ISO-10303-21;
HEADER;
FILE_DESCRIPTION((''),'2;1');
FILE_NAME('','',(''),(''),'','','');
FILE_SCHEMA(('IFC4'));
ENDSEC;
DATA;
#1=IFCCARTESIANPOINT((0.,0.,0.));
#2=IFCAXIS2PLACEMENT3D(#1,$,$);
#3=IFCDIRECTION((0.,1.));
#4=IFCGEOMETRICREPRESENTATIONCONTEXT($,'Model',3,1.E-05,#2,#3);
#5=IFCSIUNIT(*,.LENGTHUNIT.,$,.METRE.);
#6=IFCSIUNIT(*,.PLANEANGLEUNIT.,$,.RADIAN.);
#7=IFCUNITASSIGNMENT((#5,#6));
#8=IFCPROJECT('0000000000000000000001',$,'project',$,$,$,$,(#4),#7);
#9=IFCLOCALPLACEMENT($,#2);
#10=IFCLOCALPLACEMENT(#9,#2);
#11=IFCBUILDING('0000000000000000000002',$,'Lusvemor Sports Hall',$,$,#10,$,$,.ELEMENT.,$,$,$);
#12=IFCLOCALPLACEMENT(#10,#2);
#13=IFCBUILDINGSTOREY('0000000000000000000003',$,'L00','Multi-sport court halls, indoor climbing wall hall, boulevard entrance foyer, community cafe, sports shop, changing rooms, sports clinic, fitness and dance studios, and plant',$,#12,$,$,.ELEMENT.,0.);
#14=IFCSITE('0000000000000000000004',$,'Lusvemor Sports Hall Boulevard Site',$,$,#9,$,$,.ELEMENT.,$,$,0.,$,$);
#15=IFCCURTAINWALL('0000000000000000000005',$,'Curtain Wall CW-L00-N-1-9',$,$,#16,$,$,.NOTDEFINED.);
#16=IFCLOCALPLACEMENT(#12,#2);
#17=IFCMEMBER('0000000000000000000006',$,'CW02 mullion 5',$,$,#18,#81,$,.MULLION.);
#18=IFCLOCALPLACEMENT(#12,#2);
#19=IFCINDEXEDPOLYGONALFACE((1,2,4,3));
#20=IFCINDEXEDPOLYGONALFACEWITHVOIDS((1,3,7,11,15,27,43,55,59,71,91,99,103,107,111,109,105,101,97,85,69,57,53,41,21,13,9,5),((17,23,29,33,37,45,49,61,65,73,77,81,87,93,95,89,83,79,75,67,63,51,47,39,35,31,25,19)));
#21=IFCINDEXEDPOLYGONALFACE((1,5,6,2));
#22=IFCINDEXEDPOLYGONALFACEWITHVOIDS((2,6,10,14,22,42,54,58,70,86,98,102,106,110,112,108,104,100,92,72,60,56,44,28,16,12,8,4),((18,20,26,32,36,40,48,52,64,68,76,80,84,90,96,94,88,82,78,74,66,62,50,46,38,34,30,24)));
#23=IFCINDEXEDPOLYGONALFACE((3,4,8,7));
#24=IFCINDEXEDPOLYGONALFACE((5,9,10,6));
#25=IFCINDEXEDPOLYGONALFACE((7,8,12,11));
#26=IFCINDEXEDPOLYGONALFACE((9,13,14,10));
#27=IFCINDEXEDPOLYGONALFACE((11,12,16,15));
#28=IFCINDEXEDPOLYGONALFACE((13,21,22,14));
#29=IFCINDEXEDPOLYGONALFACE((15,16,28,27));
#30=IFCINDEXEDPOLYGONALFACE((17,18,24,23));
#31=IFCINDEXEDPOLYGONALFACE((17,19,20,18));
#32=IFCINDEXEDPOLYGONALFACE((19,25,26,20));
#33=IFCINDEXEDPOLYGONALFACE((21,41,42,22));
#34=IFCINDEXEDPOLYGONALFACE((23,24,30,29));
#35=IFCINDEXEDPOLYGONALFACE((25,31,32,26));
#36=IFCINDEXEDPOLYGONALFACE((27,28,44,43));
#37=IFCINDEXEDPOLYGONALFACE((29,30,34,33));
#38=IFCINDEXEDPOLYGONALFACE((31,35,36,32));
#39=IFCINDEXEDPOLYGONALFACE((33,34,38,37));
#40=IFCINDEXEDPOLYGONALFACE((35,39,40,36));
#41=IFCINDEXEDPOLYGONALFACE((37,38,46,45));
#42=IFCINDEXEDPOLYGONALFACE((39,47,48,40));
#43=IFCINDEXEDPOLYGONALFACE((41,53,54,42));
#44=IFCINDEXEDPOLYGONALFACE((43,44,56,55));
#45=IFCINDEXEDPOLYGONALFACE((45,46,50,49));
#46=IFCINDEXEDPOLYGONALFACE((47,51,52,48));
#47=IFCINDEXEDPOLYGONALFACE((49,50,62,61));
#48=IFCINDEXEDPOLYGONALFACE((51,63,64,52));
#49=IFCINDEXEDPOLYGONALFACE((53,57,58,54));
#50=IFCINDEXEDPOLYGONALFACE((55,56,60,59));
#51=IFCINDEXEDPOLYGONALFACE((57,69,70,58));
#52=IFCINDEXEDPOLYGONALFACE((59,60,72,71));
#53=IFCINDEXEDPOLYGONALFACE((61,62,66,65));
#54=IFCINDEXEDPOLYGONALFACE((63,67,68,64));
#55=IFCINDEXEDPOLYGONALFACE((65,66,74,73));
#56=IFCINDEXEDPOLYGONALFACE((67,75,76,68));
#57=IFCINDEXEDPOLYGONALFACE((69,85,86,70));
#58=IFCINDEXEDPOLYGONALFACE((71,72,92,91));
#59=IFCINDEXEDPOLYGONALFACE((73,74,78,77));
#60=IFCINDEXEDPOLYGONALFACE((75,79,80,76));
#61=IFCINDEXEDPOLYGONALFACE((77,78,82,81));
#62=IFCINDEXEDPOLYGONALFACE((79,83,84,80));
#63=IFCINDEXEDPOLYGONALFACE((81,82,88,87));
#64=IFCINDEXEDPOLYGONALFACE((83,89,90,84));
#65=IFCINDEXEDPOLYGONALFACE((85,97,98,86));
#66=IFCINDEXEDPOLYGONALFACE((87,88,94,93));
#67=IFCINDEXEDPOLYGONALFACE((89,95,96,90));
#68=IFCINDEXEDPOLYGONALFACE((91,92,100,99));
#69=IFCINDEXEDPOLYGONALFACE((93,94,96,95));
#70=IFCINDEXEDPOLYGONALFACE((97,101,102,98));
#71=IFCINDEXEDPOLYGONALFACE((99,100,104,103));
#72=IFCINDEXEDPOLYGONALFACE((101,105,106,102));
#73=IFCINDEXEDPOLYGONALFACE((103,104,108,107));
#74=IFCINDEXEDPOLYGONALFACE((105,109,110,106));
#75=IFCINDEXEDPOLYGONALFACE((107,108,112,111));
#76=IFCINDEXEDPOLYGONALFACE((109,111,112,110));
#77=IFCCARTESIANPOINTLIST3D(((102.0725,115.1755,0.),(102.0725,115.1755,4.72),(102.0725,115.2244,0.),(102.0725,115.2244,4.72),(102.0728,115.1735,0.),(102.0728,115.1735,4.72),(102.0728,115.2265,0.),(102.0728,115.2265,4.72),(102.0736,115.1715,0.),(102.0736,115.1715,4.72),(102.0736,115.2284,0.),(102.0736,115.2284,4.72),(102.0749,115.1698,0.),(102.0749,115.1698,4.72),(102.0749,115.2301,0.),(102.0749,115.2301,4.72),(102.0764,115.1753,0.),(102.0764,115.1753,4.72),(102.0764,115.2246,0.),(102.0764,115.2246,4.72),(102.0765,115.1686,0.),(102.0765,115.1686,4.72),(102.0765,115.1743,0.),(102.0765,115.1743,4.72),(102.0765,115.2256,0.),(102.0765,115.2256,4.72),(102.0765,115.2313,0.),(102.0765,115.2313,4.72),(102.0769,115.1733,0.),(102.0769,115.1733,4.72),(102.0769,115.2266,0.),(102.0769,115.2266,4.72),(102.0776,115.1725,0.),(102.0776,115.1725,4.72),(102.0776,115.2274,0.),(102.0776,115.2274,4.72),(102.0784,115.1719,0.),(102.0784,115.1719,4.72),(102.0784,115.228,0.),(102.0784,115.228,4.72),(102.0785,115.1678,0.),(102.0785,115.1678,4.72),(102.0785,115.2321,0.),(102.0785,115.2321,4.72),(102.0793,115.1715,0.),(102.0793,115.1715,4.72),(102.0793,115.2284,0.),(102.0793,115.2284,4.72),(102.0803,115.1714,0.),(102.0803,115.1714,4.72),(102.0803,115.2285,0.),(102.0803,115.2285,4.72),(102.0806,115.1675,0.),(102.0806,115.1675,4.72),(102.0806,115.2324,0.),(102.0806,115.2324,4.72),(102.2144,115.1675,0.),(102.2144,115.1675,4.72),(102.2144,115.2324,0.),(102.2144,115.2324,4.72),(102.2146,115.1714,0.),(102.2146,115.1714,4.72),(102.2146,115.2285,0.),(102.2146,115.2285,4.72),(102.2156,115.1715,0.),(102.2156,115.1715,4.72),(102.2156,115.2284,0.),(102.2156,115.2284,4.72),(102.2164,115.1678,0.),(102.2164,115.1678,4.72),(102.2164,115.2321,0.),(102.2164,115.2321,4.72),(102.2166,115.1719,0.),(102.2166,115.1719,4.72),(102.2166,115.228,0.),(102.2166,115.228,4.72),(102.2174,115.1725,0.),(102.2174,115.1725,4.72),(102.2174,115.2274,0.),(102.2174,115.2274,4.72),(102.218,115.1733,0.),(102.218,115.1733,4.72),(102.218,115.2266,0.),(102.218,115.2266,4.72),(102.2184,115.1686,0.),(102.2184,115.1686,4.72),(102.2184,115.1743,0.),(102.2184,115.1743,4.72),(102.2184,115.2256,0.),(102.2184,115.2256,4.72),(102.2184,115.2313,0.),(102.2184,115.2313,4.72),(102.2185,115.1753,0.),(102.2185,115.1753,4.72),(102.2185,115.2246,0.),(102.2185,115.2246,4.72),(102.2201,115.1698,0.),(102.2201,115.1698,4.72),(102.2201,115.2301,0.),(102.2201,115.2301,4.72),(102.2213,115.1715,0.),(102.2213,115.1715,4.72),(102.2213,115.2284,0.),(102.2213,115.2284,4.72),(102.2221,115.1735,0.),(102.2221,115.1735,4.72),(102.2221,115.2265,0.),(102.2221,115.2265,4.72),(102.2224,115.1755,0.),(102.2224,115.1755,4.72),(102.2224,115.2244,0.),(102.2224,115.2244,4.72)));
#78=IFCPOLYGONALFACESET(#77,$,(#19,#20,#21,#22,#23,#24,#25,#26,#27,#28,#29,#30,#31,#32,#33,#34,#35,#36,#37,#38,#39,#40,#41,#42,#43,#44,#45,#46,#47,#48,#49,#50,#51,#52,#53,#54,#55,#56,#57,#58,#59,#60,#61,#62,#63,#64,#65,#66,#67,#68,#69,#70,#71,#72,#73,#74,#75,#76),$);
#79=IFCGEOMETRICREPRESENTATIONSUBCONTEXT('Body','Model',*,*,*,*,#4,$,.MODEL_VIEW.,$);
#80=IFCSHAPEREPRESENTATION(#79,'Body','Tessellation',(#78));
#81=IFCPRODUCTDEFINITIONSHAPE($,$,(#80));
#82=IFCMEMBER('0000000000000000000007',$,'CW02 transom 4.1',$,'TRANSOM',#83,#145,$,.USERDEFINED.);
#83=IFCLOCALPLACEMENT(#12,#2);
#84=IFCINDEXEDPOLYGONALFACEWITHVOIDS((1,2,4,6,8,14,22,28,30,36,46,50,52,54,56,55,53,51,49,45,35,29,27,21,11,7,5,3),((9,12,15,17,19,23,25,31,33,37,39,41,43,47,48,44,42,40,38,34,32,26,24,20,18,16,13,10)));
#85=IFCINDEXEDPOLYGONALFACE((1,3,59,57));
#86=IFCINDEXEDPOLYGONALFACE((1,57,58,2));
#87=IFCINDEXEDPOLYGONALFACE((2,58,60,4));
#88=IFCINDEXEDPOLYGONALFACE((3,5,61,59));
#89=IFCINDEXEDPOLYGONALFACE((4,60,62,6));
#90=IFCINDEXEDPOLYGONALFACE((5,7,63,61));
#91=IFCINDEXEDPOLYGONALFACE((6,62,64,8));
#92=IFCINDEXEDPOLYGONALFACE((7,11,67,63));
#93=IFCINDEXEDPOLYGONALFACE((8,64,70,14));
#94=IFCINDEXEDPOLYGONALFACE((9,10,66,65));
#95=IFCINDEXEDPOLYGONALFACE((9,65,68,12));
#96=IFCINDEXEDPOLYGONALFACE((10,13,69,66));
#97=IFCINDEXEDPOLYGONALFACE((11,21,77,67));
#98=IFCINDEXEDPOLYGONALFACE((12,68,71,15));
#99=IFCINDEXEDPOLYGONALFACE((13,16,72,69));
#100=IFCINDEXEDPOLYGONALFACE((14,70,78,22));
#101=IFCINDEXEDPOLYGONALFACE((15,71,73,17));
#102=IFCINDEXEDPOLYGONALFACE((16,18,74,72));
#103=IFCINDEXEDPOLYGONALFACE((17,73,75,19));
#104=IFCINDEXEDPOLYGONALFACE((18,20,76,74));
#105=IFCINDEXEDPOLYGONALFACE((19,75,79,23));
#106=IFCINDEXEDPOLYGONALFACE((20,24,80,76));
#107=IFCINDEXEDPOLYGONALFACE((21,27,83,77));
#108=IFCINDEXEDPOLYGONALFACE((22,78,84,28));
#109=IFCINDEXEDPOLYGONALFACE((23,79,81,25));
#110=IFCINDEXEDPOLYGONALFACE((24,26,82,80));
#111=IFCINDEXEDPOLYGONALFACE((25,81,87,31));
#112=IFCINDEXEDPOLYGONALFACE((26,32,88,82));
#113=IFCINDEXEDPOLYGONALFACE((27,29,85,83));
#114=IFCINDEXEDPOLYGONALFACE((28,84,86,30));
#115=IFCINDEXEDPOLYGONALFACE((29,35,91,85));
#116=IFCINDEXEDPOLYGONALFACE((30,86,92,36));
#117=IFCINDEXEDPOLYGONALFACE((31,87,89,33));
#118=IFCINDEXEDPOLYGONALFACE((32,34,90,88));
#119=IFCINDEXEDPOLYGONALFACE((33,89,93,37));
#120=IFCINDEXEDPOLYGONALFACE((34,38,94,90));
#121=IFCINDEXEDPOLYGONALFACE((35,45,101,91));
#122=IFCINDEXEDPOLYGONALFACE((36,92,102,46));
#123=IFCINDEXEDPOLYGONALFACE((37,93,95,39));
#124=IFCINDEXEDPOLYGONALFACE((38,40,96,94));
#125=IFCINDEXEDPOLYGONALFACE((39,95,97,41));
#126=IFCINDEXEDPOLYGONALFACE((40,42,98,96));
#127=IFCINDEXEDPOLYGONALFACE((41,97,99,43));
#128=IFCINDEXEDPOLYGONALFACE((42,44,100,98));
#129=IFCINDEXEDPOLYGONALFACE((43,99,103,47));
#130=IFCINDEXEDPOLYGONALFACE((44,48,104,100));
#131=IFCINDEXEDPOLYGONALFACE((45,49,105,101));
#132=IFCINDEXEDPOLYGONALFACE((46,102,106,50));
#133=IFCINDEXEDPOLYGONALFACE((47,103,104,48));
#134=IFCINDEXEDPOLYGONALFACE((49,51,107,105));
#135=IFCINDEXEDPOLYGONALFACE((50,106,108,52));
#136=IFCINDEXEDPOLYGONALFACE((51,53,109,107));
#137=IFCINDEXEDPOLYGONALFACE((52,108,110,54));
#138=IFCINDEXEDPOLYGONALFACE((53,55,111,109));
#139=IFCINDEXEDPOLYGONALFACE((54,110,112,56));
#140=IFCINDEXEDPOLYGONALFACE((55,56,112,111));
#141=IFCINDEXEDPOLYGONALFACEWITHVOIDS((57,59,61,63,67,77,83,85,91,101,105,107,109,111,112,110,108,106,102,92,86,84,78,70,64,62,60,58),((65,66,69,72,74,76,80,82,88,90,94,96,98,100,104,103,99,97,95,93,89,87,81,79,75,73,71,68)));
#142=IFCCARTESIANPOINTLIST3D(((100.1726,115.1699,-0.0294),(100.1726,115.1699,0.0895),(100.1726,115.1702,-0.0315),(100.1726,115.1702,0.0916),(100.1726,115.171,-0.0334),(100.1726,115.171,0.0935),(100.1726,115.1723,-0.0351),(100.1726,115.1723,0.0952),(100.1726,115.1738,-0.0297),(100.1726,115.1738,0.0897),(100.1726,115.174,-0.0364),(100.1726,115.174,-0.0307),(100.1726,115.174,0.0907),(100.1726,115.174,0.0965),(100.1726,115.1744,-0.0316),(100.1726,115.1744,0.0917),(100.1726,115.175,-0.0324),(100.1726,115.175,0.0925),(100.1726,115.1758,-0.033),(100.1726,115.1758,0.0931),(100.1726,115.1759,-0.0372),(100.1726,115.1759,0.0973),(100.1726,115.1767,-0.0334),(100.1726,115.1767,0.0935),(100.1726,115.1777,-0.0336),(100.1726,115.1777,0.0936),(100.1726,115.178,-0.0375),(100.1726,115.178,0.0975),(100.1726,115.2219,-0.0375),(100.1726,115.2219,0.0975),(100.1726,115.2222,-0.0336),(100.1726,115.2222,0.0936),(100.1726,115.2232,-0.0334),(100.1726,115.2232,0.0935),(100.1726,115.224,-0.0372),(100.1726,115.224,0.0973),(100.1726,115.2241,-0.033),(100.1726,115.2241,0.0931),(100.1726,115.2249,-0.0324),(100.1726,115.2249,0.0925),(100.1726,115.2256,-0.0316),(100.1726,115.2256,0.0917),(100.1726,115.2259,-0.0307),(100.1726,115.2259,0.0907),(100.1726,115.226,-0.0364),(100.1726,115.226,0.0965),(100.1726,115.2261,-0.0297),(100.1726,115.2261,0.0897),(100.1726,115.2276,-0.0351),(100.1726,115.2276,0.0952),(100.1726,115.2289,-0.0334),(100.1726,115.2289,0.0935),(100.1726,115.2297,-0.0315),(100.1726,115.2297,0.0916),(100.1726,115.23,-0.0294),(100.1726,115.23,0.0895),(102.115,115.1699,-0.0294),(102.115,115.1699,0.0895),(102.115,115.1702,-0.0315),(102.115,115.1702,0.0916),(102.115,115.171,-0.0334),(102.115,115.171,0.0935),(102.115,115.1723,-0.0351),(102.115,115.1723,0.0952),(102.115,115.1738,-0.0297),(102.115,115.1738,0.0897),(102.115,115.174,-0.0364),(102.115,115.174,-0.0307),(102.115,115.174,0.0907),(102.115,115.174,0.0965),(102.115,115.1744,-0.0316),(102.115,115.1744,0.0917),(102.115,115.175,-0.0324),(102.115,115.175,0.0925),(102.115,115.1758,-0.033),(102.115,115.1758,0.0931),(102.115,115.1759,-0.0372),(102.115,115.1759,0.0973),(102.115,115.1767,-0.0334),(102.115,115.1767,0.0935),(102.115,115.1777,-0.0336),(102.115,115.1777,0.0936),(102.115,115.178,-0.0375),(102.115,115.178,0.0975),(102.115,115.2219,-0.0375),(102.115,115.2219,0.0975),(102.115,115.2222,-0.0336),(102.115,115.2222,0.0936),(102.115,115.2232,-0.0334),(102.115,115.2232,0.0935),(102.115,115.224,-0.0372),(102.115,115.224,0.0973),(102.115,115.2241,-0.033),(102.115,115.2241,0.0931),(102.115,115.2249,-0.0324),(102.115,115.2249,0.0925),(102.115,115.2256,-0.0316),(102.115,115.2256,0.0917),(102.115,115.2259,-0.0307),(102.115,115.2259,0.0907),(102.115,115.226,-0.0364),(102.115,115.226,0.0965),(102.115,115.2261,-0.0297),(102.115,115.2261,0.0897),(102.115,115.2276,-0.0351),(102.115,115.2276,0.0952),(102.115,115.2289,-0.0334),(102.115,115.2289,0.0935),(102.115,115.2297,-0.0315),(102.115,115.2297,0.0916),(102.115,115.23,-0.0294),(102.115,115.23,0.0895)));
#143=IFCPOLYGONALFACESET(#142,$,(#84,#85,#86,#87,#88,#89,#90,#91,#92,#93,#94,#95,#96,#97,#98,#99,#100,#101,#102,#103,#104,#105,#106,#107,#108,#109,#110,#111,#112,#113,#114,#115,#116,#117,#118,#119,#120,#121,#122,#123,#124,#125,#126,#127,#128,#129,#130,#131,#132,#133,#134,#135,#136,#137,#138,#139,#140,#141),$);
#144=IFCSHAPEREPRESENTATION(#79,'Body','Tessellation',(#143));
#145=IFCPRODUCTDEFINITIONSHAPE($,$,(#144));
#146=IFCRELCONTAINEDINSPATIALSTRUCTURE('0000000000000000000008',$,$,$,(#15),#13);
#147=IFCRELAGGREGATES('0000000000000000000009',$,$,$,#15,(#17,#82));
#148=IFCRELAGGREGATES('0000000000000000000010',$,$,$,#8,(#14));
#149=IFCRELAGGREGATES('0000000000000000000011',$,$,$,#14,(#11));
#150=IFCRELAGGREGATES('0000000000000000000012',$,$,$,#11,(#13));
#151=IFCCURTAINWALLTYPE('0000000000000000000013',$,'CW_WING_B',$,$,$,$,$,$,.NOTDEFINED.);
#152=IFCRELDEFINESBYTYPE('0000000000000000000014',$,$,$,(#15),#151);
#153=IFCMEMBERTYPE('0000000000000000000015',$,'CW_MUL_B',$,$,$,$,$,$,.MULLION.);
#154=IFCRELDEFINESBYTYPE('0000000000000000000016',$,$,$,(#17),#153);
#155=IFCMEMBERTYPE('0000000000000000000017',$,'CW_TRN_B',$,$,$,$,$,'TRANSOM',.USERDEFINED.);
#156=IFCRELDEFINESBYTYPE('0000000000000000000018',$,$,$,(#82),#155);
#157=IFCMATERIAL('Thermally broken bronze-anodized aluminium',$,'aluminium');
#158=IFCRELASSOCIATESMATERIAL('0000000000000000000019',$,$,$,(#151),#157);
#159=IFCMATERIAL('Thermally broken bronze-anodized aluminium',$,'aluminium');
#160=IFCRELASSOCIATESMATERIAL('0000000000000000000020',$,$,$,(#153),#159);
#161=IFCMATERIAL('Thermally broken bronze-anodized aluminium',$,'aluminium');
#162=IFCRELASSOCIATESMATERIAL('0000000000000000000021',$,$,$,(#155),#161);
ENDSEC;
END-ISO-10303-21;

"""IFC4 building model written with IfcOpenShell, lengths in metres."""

from ifc_helpers import new_model, si_unit, direction, frame, origin, origin_2d, place, context, subcontext, project, spatial, hollow_rectangle, extrude, material, material_profile, profile_set, type_object, element, aggregate, save


model = new_model("IFC4")

# Units and contexts
model_context = context("Model", 3, precision=1e-05, world=origin(), true_north=direction((0.0, 1.0)))
body_context = subcontext(model_context, "Body", "Model", "MODEL_VIEW")
ifc_project = project(units=[si_unit("LENGTHUNIT", "METRE"), si_unit("PLANEANGLEUNIT", "RADIAN")], contexts=[model_context])

# Site, building, storey
site_placement = place(None, origin())
site = spatial("IfcSite", under=ifc_project, at=site_placement, Name="Lusvemor Sports Hall Boulevard Site", CompositionType="ELEMENT", RefElevation=0.0)
building_placement = place(site_placement, origin())
building = spatial("IfcBuilding", under=site, at=building_placement, Name="Lusvemor Sports Hall", CompositionType="ELEMENT")
storey_placement = place(building_placement, origin())
storey = spatial("IfcBuildingStorey", under=building, at=storey_placement, Name="L00", Description="Multi-sport court halls, indoor climbing wall hall, boulevard entrance foyer, community cafe, sports shop, changing rooms, sports clinic, fitness and dance studios, and plant", CompositionType="ELEMENT", Elevation=0.0)

# Curtain wall, members
ifc_material_1 = material(Name="Thermally broken bronze-anodized aluminium", Category="aluminium")
curtain_wall_type = type_object("IfcCurtainWallType", Name="CW_WING_B", PredefinedType="NOTDEFINED", material=ifc_material_1)
curtain_wall_placement = place(storey_placement, origin())
curtain_wall = element("IfcCurtainWall", 1, at=curtain_wall_placement, inside=storey, type_object=curtain_wall_type, Name="Curtain Wall CW-L00-N-1-9", PredefinedType="NOTDEFINED")
ifc_material_2 = material(Name="Thermally broken bronze-anodized aluminium", Category="aluminium")
ifc_material_profile_1 = material_profile(ifc_material_2, hollow_rectangle(XDim=0.0649, YDim=0.1499, WallThickness=0.0039, InnerFilletRadius=0.0039, OuterFilletRadius=0.0081, at=origin_2d()), Name="CWMUL150x65x4")
ifc_profile_set_1 = profile_set([ifc_material_profile_1], Name="Thermally broken bronze-anodized aluminium")
member_type_1 = type_object("IfcMemberType", Name="CW_MUL_B", PredefinedType="MULLION", material=ifc_profile_set_1)
member_1_placement = place(storey_placement, frame((102.1475, 115.2, 0.0), z_axis=(0.0, 0.0, 1.0), x_axis=(0.0, 1.0, 0.0)))
member_1 = element("IfcMember", 2, at=member_1_placement, type_object=member_type_1, Name="CW02 mullion 5", PredefinedType="MULLION", context=body_context, shape_type="SweptSolid", body=[
    extrude(hollow_rectangle(XDim=0.0649, YDim=0.1499, WallThickness=0.0039, InnerFilletRadius=0.0039, OuterFilletRadius=0.0081, at=origin_2d()), origin(), (0.0, 0.0, 1.0), 4.72),
])
ifc_material_3 = material(Name="Thermally broken bronze-anodized aluminium", Category="aluminium")
ifc_material_profile_2 = material_profile(ifc_material_3, hollow_rectangle(XDim=0.0601, YDim=0.135, WallThickness=0.0039, InnerFilletRadius=0.0039, OuterFilletRadius=0.0081, at=origin_2d()), Name="CWTRN135x60x4")
ifc_profile_set_2 = profile_set([ifc_material_profile_2], Name="Thermally broken bronze-anodized aluminium")
member_type_2 = type_object("IfcMemberType", Name="CW_TRN_B", ElementType="TRANSOM", PredefinedType="USERDEFINED", material=ifc_profile_set_2)
member_2_placement = place(storey_placement, frame((100.1726, 115.2, 0.03), z_axis=(1.0, 0.0, 0.0), x_axis=(0.0, 1.0, 0.0)))
member_2 = element("IfcMember", 3, at=member_2_placement, type_object=member_type_2, Name="CW02 transom 4.1", ObjectType="TRANSOM", PredefinedType="USERDEFINED", context=body_context, shape_type="SweptSolid", body=[
    extrude(hollow_rectangle(XDim=0.0601, YDim=0.135, WallThickness=0.0039, InnerFilletRadius=0.0039, OuterFilletRadius=0.0081, at=origin_2d()), origin(), (0.0, 0.0, 1.0), 1.9424),
])
aggregate(curtain_wall, [member_1, member_2])

save(model, "model.ifc")
